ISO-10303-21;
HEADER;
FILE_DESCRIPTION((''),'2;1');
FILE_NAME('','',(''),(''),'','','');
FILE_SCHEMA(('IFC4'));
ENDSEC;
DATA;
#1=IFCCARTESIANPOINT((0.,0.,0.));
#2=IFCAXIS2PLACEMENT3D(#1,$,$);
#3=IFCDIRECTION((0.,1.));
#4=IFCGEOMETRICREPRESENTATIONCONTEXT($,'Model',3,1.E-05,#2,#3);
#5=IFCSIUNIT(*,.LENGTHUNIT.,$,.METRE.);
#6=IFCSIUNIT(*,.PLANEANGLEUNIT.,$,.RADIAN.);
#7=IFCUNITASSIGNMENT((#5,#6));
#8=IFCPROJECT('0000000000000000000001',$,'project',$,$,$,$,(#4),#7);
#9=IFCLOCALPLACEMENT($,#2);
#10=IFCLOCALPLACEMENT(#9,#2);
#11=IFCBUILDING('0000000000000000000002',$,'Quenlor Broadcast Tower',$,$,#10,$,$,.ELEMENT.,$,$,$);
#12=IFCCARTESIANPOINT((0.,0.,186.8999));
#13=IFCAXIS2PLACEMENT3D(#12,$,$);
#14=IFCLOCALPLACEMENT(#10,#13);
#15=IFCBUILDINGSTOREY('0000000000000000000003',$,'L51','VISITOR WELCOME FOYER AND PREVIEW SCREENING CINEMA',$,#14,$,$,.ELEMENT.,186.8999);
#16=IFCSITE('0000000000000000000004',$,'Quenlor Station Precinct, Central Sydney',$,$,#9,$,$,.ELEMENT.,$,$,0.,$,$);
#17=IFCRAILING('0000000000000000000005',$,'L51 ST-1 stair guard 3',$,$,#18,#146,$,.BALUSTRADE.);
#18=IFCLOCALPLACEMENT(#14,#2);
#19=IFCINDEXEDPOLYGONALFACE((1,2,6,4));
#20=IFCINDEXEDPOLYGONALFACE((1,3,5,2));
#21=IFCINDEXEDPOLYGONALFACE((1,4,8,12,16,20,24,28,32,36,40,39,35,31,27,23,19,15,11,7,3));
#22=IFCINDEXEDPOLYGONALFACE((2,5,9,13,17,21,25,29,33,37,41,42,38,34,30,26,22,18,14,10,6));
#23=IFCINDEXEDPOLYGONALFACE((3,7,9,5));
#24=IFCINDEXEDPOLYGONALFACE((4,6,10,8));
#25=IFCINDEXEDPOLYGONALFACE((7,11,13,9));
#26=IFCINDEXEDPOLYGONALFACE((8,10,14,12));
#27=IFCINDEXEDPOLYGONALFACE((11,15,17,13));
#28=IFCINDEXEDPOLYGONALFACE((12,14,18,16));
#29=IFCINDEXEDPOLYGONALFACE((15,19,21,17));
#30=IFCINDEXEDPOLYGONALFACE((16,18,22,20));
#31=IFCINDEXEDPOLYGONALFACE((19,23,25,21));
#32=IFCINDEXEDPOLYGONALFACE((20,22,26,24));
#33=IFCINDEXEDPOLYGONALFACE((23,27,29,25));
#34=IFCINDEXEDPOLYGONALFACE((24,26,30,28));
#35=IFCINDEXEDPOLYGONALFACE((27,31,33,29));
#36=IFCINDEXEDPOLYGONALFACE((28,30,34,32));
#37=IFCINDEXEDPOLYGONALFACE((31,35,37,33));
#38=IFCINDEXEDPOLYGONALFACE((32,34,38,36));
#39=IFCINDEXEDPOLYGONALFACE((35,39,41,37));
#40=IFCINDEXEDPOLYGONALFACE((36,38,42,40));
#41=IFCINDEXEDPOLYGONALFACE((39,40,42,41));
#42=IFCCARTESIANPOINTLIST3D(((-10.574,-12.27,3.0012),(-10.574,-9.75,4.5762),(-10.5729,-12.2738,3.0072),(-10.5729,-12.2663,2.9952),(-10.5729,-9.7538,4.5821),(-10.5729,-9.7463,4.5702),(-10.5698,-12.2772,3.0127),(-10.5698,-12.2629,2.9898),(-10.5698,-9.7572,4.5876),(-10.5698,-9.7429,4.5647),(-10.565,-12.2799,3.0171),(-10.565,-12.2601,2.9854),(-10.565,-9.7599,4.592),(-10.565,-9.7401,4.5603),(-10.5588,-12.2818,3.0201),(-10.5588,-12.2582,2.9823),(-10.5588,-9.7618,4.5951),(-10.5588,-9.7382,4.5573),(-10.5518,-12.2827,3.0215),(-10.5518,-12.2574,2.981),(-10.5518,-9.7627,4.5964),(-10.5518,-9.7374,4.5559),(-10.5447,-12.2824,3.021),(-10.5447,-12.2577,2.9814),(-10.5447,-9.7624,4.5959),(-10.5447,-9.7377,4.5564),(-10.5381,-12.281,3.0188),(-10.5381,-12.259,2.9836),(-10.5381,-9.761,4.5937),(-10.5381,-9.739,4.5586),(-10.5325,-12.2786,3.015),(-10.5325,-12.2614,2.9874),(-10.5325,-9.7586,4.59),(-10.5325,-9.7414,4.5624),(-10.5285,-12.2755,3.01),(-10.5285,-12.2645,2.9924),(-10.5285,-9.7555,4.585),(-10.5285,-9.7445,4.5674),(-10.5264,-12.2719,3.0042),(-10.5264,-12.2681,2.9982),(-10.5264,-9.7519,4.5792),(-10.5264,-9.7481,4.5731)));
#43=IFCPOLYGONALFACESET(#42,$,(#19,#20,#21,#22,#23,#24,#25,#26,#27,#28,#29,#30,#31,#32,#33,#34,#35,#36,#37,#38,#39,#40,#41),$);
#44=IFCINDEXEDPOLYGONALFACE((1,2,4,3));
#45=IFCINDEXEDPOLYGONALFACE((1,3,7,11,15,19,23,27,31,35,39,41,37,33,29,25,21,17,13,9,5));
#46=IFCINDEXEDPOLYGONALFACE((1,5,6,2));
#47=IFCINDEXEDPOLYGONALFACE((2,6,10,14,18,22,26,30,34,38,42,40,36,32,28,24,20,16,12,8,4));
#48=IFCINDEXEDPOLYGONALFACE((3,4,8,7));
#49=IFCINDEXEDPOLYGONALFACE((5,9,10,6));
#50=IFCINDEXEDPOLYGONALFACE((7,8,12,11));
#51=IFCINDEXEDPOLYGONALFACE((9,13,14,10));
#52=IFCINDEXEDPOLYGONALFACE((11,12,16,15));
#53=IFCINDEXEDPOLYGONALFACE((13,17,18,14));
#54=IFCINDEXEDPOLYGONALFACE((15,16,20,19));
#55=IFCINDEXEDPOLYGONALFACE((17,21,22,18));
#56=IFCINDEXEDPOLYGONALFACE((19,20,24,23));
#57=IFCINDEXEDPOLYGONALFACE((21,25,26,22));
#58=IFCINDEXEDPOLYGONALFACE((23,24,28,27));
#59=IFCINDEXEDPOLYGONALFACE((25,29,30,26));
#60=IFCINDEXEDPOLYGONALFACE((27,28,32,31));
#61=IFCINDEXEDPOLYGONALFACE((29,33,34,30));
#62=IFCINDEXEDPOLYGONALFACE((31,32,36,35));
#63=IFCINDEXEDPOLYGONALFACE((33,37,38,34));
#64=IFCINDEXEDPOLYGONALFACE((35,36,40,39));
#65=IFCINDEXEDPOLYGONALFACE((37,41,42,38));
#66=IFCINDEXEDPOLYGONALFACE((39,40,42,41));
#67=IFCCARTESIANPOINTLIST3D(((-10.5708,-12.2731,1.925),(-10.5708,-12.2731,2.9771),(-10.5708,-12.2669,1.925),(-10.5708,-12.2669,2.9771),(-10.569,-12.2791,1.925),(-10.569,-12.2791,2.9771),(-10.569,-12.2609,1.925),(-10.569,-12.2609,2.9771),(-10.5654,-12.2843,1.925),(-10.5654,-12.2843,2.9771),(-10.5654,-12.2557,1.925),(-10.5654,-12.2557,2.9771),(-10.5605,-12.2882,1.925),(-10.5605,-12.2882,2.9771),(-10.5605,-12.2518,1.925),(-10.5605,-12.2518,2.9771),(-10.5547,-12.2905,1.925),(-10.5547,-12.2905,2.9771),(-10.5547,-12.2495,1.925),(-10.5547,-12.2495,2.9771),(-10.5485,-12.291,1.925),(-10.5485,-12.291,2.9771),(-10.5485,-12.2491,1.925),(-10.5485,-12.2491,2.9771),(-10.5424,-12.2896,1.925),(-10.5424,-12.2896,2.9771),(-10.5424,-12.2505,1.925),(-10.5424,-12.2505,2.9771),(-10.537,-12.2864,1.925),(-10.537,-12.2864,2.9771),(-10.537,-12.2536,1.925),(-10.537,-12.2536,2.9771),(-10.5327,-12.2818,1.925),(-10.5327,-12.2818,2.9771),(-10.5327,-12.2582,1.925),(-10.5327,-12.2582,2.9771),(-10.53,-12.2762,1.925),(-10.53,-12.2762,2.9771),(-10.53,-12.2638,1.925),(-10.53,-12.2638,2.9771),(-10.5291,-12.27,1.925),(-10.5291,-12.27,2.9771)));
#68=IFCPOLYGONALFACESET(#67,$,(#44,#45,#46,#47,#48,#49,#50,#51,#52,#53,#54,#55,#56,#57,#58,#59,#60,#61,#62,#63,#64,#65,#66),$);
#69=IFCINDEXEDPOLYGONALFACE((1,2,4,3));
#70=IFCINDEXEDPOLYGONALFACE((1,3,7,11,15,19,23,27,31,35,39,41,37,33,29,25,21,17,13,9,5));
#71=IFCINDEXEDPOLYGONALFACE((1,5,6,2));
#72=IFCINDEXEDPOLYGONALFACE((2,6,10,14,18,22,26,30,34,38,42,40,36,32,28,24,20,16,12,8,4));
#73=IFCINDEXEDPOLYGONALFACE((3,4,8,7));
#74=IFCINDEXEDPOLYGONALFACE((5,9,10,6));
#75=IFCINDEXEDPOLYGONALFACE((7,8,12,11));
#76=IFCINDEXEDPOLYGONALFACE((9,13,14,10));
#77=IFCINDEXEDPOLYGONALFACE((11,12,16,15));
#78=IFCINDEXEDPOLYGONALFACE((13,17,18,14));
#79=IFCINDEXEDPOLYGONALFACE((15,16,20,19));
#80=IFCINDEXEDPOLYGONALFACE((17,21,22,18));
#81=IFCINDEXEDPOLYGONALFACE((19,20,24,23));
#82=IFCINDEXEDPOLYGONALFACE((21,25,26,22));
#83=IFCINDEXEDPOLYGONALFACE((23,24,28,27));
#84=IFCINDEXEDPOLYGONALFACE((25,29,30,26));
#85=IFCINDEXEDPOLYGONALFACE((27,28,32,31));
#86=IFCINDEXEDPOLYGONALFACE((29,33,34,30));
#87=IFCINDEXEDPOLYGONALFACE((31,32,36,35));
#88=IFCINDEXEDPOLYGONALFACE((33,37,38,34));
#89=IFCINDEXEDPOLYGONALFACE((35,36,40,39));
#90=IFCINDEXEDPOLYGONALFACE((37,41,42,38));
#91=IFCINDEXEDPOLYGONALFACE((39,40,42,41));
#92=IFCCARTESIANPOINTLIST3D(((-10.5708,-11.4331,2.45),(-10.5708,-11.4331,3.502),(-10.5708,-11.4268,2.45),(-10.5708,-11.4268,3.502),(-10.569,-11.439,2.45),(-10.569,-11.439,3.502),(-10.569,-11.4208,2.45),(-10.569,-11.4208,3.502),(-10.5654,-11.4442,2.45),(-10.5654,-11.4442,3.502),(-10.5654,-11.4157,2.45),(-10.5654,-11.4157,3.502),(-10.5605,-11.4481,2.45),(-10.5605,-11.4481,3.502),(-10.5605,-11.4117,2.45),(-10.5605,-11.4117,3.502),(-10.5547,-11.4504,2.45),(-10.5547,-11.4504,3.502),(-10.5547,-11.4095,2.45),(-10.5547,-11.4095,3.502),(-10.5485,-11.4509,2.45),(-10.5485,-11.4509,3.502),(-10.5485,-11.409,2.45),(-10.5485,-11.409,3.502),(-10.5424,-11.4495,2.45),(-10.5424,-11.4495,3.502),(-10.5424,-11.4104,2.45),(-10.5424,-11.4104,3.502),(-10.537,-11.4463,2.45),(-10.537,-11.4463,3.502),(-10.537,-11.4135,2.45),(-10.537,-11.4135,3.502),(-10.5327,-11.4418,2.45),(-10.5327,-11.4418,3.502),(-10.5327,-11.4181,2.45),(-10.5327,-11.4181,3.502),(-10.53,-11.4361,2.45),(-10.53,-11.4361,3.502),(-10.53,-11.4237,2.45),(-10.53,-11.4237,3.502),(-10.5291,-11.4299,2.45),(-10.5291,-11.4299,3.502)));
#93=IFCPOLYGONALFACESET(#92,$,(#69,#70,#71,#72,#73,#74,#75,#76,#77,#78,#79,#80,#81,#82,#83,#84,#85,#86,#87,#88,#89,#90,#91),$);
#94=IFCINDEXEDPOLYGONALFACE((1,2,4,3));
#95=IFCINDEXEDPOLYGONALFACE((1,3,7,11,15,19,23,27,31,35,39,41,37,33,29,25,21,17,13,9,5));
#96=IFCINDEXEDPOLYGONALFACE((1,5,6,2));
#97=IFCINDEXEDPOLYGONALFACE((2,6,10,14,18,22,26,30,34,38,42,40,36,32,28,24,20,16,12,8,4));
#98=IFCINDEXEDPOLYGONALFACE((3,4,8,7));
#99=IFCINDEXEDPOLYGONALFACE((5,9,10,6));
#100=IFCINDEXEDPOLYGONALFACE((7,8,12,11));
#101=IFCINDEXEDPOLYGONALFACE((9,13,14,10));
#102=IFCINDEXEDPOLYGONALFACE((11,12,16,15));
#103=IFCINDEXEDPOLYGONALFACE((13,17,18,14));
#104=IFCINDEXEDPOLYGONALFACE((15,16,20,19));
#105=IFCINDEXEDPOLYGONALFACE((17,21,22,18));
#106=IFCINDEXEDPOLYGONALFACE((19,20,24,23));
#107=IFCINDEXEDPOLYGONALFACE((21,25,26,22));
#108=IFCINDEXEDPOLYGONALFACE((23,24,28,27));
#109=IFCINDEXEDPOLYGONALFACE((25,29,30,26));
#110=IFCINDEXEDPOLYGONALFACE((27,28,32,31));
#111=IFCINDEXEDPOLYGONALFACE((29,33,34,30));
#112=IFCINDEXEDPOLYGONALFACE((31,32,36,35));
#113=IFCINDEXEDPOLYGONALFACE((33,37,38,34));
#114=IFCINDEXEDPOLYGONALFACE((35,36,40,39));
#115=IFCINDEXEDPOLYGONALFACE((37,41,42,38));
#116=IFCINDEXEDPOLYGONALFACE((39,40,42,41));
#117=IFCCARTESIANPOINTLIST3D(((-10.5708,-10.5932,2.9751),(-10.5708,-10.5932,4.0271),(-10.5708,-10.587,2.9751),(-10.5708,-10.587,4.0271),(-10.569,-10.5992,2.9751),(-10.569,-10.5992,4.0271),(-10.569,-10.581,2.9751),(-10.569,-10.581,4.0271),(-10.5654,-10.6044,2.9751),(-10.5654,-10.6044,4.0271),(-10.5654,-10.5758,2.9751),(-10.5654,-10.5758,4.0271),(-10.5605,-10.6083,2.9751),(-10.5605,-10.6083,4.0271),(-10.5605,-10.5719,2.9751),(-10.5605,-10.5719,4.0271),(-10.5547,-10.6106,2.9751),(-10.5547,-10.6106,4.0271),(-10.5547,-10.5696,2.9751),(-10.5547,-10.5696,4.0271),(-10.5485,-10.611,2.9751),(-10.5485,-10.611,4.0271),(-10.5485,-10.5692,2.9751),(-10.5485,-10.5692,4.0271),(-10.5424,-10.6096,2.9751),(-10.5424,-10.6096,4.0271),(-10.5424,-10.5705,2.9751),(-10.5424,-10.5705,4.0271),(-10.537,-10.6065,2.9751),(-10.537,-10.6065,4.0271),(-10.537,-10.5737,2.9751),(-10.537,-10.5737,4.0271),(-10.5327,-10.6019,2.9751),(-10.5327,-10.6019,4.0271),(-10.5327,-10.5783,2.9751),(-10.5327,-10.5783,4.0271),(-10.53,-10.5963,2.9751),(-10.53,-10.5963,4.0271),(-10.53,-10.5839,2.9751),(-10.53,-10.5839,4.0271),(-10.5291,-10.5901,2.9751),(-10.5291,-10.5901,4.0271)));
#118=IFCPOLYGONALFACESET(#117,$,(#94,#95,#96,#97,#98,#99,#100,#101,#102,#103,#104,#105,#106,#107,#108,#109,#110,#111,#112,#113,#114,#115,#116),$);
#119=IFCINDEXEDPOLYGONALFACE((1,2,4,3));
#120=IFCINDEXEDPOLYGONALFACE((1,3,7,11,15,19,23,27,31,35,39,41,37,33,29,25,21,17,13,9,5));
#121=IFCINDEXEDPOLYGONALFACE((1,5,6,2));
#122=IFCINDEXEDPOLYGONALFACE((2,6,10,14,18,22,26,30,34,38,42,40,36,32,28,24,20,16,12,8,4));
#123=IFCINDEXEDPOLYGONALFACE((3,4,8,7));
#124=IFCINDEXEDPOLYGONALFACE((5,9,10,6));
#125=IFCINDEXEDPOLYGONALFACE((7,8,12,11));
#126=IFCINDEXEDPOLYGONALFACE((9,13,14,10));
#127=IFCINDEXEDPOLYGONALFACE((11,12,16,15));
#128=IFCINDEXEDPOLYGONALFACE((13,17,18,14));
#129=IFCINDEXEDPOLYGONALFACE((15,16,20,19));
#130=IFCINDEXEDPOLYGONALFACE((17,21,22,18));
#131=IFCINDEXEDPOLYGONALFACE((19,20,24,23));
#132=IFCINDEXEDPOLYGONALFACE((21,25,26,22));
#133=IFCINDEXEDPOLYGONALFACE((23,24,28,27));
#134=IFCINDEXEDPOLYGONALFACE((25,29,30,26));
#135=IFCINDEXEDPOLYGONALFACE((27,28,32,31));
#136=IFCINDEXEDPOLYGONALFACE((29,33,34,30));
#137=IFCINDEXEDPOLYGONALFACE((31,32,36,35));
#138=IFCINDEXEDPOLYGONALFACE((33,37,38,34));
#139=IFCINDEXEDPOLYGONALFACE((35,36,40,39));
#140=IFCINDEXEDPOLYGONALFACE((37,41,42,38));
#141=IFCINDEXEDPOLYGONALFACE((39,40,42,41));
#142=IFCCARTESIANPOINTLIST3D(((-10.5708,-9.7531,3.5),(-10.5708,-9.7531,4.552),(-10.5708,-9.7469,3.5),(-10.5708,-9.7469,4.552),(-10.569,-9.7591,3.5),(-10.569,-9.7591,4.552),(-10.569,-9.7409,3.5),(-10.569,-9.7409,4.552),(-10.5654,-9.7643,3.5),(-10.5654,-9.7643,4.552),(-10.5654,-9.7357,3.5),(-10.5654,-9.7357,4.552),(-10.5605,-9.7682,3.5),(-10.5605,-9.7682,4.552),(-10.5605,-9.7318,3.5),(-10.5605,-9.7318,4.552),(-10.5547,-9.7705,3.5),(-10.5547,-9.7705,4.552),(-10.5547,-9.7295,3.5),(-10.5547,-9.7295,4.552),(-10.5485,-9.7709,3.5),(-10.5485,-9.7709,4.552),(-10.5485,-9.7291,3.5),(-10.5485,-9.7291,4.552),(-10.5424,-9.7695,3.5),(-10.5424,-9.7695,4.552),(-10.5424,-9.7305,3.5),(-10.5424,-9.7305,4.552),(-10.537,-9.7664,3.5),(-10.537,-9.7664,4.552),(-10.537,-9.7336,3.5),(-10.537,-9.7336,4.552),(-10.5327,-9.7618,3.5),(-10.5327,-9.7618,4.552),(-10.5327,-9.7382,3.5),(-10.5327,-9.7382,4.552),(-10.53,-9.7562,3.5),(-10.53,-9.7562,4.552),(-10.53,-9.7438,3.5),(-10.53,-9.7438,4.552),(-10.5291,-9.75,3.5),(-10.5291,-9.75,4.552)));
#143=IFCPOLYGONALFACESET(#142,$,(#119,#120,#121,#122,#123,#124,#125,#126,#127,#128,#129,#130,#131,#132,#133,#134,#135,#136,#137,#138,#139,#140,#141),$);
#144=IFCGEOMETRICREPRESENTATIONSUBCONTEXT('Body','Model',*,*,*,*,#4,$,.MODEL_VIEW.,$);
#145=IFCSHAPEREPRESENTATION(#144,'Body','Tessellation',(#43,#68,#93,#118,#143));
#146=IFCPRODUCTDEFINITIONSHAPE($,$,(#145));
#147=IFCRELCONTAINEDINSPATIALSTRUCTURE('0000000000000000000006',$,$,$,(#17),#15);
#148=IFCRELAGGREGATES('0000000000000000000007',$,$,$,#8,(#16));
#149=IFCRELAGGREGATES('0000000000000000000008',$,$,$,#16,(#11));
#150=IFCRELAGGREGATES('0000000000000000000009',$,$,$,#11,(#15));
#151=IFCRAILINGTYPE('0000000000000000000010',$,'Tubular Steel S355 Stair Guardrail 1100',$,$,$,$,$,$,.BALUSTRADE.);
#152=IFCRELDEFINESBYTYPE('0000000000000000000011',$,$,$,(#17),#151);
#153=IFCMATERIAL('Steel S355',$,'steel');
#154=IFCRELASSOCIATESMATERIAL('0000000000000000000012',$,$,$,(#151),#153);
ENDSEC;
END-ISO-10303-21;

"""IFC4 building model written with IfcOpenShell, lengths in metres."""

from ifc_helpers import new_model, si_unit, direction, frame, origin, origin_2d, place, context, subcontext, project, spatial, circle, extrude, material, type_object, element, save


model = new_model("IFC4")

# Units and contexts
model_context = context("Model", 3, precision=1e-05, world=origin(), true_north=direction((0.0, 1.0)))
body_context = subcontext(model_context, "Body", "Model", "MODEL_VIEW")
ifc_project = project(units=[si_unit("LENGTHUNIT", "METRE"), si_unit("PLANEANGLEUNIT", "RADIAN")], contexts=[model_context])

# Site, building, storey
site_placement = place(None, origin())
site = spatial("IfcSite", under=ifc_project, at=site_placement, Name="Quenlor Station Precinct, Central Sydney", CompositionType="ELEMENT", RefElevation=0.0)
building_placement = place(site_placement, origin())
building = spatial("IfcBuilding", under=site, at=building_placement, Name="Quenlor Broadcast Tower", CompositionType="ELEMENT")
storey_placement = place(building_placement, frame((0.0, 0.0, 186.8999)))
storey = spatial("IfcBuildingStorey", under=building, at=storey_placement, Name="L51", Description="VISITOR WELCOME FOYER AND PREVIEW SCREENING CINEMA", CompositionType="ELEMENT", Elevation=186.8999)

# Railing
ifc_material_1 = material(Name="Steel S355", Category="steel")
railing_type_1 = type_object("IfcRailingType", Name="Tubular Steel S355 Stair Guardrail 1100", PredefinedType="BALUSTRADE", material=ifc_material_1)
railing_1_placement = place(storey_placement, frame((-10.55, -12.27, 1.925)))
element("IfcRailing", 1, at=railing_1_placement, inside=storey, type_object=railing_type_1, Name="L51 ST-1 stair guard 3", PredefinedType="BALUSTRADE", context=body_context, shape_type="SweptSolid", body=[
    extrude(circle(Radius=0.0239, at=origin_2d()), frame((0.0, 0.0, 1.0762), z_axis=(0.0, 0.848008, 0.529984), x_axis=(-1.0, 0.0, 0.0)), (0.0, 0.0, 1.0), 2.9717),
    extrude(circle(Radius=0.021, at=origin_2d()), origin(), (0.0, 0.0, 1.0), 1.052),
    extrude(circle(Radius=0.021, at=origin_2d()), frame((0.0, 0.8401, 0.5249)), (0.0, 0.0, 1.0), 1.052),
    extrude(circle(Radius=0.021, at=origin_2d()), frame((0.0, 1.6799, 1.05)), (0.0, 0.0, 1.0), 1.052),
    extrude(circle(Radius=0.021, at=origin_2d()), frame((0.0, 2.52, 1.575)), (0.0, 0.0, 1.0), 1.052),
])

save(model, "model.ifc")
